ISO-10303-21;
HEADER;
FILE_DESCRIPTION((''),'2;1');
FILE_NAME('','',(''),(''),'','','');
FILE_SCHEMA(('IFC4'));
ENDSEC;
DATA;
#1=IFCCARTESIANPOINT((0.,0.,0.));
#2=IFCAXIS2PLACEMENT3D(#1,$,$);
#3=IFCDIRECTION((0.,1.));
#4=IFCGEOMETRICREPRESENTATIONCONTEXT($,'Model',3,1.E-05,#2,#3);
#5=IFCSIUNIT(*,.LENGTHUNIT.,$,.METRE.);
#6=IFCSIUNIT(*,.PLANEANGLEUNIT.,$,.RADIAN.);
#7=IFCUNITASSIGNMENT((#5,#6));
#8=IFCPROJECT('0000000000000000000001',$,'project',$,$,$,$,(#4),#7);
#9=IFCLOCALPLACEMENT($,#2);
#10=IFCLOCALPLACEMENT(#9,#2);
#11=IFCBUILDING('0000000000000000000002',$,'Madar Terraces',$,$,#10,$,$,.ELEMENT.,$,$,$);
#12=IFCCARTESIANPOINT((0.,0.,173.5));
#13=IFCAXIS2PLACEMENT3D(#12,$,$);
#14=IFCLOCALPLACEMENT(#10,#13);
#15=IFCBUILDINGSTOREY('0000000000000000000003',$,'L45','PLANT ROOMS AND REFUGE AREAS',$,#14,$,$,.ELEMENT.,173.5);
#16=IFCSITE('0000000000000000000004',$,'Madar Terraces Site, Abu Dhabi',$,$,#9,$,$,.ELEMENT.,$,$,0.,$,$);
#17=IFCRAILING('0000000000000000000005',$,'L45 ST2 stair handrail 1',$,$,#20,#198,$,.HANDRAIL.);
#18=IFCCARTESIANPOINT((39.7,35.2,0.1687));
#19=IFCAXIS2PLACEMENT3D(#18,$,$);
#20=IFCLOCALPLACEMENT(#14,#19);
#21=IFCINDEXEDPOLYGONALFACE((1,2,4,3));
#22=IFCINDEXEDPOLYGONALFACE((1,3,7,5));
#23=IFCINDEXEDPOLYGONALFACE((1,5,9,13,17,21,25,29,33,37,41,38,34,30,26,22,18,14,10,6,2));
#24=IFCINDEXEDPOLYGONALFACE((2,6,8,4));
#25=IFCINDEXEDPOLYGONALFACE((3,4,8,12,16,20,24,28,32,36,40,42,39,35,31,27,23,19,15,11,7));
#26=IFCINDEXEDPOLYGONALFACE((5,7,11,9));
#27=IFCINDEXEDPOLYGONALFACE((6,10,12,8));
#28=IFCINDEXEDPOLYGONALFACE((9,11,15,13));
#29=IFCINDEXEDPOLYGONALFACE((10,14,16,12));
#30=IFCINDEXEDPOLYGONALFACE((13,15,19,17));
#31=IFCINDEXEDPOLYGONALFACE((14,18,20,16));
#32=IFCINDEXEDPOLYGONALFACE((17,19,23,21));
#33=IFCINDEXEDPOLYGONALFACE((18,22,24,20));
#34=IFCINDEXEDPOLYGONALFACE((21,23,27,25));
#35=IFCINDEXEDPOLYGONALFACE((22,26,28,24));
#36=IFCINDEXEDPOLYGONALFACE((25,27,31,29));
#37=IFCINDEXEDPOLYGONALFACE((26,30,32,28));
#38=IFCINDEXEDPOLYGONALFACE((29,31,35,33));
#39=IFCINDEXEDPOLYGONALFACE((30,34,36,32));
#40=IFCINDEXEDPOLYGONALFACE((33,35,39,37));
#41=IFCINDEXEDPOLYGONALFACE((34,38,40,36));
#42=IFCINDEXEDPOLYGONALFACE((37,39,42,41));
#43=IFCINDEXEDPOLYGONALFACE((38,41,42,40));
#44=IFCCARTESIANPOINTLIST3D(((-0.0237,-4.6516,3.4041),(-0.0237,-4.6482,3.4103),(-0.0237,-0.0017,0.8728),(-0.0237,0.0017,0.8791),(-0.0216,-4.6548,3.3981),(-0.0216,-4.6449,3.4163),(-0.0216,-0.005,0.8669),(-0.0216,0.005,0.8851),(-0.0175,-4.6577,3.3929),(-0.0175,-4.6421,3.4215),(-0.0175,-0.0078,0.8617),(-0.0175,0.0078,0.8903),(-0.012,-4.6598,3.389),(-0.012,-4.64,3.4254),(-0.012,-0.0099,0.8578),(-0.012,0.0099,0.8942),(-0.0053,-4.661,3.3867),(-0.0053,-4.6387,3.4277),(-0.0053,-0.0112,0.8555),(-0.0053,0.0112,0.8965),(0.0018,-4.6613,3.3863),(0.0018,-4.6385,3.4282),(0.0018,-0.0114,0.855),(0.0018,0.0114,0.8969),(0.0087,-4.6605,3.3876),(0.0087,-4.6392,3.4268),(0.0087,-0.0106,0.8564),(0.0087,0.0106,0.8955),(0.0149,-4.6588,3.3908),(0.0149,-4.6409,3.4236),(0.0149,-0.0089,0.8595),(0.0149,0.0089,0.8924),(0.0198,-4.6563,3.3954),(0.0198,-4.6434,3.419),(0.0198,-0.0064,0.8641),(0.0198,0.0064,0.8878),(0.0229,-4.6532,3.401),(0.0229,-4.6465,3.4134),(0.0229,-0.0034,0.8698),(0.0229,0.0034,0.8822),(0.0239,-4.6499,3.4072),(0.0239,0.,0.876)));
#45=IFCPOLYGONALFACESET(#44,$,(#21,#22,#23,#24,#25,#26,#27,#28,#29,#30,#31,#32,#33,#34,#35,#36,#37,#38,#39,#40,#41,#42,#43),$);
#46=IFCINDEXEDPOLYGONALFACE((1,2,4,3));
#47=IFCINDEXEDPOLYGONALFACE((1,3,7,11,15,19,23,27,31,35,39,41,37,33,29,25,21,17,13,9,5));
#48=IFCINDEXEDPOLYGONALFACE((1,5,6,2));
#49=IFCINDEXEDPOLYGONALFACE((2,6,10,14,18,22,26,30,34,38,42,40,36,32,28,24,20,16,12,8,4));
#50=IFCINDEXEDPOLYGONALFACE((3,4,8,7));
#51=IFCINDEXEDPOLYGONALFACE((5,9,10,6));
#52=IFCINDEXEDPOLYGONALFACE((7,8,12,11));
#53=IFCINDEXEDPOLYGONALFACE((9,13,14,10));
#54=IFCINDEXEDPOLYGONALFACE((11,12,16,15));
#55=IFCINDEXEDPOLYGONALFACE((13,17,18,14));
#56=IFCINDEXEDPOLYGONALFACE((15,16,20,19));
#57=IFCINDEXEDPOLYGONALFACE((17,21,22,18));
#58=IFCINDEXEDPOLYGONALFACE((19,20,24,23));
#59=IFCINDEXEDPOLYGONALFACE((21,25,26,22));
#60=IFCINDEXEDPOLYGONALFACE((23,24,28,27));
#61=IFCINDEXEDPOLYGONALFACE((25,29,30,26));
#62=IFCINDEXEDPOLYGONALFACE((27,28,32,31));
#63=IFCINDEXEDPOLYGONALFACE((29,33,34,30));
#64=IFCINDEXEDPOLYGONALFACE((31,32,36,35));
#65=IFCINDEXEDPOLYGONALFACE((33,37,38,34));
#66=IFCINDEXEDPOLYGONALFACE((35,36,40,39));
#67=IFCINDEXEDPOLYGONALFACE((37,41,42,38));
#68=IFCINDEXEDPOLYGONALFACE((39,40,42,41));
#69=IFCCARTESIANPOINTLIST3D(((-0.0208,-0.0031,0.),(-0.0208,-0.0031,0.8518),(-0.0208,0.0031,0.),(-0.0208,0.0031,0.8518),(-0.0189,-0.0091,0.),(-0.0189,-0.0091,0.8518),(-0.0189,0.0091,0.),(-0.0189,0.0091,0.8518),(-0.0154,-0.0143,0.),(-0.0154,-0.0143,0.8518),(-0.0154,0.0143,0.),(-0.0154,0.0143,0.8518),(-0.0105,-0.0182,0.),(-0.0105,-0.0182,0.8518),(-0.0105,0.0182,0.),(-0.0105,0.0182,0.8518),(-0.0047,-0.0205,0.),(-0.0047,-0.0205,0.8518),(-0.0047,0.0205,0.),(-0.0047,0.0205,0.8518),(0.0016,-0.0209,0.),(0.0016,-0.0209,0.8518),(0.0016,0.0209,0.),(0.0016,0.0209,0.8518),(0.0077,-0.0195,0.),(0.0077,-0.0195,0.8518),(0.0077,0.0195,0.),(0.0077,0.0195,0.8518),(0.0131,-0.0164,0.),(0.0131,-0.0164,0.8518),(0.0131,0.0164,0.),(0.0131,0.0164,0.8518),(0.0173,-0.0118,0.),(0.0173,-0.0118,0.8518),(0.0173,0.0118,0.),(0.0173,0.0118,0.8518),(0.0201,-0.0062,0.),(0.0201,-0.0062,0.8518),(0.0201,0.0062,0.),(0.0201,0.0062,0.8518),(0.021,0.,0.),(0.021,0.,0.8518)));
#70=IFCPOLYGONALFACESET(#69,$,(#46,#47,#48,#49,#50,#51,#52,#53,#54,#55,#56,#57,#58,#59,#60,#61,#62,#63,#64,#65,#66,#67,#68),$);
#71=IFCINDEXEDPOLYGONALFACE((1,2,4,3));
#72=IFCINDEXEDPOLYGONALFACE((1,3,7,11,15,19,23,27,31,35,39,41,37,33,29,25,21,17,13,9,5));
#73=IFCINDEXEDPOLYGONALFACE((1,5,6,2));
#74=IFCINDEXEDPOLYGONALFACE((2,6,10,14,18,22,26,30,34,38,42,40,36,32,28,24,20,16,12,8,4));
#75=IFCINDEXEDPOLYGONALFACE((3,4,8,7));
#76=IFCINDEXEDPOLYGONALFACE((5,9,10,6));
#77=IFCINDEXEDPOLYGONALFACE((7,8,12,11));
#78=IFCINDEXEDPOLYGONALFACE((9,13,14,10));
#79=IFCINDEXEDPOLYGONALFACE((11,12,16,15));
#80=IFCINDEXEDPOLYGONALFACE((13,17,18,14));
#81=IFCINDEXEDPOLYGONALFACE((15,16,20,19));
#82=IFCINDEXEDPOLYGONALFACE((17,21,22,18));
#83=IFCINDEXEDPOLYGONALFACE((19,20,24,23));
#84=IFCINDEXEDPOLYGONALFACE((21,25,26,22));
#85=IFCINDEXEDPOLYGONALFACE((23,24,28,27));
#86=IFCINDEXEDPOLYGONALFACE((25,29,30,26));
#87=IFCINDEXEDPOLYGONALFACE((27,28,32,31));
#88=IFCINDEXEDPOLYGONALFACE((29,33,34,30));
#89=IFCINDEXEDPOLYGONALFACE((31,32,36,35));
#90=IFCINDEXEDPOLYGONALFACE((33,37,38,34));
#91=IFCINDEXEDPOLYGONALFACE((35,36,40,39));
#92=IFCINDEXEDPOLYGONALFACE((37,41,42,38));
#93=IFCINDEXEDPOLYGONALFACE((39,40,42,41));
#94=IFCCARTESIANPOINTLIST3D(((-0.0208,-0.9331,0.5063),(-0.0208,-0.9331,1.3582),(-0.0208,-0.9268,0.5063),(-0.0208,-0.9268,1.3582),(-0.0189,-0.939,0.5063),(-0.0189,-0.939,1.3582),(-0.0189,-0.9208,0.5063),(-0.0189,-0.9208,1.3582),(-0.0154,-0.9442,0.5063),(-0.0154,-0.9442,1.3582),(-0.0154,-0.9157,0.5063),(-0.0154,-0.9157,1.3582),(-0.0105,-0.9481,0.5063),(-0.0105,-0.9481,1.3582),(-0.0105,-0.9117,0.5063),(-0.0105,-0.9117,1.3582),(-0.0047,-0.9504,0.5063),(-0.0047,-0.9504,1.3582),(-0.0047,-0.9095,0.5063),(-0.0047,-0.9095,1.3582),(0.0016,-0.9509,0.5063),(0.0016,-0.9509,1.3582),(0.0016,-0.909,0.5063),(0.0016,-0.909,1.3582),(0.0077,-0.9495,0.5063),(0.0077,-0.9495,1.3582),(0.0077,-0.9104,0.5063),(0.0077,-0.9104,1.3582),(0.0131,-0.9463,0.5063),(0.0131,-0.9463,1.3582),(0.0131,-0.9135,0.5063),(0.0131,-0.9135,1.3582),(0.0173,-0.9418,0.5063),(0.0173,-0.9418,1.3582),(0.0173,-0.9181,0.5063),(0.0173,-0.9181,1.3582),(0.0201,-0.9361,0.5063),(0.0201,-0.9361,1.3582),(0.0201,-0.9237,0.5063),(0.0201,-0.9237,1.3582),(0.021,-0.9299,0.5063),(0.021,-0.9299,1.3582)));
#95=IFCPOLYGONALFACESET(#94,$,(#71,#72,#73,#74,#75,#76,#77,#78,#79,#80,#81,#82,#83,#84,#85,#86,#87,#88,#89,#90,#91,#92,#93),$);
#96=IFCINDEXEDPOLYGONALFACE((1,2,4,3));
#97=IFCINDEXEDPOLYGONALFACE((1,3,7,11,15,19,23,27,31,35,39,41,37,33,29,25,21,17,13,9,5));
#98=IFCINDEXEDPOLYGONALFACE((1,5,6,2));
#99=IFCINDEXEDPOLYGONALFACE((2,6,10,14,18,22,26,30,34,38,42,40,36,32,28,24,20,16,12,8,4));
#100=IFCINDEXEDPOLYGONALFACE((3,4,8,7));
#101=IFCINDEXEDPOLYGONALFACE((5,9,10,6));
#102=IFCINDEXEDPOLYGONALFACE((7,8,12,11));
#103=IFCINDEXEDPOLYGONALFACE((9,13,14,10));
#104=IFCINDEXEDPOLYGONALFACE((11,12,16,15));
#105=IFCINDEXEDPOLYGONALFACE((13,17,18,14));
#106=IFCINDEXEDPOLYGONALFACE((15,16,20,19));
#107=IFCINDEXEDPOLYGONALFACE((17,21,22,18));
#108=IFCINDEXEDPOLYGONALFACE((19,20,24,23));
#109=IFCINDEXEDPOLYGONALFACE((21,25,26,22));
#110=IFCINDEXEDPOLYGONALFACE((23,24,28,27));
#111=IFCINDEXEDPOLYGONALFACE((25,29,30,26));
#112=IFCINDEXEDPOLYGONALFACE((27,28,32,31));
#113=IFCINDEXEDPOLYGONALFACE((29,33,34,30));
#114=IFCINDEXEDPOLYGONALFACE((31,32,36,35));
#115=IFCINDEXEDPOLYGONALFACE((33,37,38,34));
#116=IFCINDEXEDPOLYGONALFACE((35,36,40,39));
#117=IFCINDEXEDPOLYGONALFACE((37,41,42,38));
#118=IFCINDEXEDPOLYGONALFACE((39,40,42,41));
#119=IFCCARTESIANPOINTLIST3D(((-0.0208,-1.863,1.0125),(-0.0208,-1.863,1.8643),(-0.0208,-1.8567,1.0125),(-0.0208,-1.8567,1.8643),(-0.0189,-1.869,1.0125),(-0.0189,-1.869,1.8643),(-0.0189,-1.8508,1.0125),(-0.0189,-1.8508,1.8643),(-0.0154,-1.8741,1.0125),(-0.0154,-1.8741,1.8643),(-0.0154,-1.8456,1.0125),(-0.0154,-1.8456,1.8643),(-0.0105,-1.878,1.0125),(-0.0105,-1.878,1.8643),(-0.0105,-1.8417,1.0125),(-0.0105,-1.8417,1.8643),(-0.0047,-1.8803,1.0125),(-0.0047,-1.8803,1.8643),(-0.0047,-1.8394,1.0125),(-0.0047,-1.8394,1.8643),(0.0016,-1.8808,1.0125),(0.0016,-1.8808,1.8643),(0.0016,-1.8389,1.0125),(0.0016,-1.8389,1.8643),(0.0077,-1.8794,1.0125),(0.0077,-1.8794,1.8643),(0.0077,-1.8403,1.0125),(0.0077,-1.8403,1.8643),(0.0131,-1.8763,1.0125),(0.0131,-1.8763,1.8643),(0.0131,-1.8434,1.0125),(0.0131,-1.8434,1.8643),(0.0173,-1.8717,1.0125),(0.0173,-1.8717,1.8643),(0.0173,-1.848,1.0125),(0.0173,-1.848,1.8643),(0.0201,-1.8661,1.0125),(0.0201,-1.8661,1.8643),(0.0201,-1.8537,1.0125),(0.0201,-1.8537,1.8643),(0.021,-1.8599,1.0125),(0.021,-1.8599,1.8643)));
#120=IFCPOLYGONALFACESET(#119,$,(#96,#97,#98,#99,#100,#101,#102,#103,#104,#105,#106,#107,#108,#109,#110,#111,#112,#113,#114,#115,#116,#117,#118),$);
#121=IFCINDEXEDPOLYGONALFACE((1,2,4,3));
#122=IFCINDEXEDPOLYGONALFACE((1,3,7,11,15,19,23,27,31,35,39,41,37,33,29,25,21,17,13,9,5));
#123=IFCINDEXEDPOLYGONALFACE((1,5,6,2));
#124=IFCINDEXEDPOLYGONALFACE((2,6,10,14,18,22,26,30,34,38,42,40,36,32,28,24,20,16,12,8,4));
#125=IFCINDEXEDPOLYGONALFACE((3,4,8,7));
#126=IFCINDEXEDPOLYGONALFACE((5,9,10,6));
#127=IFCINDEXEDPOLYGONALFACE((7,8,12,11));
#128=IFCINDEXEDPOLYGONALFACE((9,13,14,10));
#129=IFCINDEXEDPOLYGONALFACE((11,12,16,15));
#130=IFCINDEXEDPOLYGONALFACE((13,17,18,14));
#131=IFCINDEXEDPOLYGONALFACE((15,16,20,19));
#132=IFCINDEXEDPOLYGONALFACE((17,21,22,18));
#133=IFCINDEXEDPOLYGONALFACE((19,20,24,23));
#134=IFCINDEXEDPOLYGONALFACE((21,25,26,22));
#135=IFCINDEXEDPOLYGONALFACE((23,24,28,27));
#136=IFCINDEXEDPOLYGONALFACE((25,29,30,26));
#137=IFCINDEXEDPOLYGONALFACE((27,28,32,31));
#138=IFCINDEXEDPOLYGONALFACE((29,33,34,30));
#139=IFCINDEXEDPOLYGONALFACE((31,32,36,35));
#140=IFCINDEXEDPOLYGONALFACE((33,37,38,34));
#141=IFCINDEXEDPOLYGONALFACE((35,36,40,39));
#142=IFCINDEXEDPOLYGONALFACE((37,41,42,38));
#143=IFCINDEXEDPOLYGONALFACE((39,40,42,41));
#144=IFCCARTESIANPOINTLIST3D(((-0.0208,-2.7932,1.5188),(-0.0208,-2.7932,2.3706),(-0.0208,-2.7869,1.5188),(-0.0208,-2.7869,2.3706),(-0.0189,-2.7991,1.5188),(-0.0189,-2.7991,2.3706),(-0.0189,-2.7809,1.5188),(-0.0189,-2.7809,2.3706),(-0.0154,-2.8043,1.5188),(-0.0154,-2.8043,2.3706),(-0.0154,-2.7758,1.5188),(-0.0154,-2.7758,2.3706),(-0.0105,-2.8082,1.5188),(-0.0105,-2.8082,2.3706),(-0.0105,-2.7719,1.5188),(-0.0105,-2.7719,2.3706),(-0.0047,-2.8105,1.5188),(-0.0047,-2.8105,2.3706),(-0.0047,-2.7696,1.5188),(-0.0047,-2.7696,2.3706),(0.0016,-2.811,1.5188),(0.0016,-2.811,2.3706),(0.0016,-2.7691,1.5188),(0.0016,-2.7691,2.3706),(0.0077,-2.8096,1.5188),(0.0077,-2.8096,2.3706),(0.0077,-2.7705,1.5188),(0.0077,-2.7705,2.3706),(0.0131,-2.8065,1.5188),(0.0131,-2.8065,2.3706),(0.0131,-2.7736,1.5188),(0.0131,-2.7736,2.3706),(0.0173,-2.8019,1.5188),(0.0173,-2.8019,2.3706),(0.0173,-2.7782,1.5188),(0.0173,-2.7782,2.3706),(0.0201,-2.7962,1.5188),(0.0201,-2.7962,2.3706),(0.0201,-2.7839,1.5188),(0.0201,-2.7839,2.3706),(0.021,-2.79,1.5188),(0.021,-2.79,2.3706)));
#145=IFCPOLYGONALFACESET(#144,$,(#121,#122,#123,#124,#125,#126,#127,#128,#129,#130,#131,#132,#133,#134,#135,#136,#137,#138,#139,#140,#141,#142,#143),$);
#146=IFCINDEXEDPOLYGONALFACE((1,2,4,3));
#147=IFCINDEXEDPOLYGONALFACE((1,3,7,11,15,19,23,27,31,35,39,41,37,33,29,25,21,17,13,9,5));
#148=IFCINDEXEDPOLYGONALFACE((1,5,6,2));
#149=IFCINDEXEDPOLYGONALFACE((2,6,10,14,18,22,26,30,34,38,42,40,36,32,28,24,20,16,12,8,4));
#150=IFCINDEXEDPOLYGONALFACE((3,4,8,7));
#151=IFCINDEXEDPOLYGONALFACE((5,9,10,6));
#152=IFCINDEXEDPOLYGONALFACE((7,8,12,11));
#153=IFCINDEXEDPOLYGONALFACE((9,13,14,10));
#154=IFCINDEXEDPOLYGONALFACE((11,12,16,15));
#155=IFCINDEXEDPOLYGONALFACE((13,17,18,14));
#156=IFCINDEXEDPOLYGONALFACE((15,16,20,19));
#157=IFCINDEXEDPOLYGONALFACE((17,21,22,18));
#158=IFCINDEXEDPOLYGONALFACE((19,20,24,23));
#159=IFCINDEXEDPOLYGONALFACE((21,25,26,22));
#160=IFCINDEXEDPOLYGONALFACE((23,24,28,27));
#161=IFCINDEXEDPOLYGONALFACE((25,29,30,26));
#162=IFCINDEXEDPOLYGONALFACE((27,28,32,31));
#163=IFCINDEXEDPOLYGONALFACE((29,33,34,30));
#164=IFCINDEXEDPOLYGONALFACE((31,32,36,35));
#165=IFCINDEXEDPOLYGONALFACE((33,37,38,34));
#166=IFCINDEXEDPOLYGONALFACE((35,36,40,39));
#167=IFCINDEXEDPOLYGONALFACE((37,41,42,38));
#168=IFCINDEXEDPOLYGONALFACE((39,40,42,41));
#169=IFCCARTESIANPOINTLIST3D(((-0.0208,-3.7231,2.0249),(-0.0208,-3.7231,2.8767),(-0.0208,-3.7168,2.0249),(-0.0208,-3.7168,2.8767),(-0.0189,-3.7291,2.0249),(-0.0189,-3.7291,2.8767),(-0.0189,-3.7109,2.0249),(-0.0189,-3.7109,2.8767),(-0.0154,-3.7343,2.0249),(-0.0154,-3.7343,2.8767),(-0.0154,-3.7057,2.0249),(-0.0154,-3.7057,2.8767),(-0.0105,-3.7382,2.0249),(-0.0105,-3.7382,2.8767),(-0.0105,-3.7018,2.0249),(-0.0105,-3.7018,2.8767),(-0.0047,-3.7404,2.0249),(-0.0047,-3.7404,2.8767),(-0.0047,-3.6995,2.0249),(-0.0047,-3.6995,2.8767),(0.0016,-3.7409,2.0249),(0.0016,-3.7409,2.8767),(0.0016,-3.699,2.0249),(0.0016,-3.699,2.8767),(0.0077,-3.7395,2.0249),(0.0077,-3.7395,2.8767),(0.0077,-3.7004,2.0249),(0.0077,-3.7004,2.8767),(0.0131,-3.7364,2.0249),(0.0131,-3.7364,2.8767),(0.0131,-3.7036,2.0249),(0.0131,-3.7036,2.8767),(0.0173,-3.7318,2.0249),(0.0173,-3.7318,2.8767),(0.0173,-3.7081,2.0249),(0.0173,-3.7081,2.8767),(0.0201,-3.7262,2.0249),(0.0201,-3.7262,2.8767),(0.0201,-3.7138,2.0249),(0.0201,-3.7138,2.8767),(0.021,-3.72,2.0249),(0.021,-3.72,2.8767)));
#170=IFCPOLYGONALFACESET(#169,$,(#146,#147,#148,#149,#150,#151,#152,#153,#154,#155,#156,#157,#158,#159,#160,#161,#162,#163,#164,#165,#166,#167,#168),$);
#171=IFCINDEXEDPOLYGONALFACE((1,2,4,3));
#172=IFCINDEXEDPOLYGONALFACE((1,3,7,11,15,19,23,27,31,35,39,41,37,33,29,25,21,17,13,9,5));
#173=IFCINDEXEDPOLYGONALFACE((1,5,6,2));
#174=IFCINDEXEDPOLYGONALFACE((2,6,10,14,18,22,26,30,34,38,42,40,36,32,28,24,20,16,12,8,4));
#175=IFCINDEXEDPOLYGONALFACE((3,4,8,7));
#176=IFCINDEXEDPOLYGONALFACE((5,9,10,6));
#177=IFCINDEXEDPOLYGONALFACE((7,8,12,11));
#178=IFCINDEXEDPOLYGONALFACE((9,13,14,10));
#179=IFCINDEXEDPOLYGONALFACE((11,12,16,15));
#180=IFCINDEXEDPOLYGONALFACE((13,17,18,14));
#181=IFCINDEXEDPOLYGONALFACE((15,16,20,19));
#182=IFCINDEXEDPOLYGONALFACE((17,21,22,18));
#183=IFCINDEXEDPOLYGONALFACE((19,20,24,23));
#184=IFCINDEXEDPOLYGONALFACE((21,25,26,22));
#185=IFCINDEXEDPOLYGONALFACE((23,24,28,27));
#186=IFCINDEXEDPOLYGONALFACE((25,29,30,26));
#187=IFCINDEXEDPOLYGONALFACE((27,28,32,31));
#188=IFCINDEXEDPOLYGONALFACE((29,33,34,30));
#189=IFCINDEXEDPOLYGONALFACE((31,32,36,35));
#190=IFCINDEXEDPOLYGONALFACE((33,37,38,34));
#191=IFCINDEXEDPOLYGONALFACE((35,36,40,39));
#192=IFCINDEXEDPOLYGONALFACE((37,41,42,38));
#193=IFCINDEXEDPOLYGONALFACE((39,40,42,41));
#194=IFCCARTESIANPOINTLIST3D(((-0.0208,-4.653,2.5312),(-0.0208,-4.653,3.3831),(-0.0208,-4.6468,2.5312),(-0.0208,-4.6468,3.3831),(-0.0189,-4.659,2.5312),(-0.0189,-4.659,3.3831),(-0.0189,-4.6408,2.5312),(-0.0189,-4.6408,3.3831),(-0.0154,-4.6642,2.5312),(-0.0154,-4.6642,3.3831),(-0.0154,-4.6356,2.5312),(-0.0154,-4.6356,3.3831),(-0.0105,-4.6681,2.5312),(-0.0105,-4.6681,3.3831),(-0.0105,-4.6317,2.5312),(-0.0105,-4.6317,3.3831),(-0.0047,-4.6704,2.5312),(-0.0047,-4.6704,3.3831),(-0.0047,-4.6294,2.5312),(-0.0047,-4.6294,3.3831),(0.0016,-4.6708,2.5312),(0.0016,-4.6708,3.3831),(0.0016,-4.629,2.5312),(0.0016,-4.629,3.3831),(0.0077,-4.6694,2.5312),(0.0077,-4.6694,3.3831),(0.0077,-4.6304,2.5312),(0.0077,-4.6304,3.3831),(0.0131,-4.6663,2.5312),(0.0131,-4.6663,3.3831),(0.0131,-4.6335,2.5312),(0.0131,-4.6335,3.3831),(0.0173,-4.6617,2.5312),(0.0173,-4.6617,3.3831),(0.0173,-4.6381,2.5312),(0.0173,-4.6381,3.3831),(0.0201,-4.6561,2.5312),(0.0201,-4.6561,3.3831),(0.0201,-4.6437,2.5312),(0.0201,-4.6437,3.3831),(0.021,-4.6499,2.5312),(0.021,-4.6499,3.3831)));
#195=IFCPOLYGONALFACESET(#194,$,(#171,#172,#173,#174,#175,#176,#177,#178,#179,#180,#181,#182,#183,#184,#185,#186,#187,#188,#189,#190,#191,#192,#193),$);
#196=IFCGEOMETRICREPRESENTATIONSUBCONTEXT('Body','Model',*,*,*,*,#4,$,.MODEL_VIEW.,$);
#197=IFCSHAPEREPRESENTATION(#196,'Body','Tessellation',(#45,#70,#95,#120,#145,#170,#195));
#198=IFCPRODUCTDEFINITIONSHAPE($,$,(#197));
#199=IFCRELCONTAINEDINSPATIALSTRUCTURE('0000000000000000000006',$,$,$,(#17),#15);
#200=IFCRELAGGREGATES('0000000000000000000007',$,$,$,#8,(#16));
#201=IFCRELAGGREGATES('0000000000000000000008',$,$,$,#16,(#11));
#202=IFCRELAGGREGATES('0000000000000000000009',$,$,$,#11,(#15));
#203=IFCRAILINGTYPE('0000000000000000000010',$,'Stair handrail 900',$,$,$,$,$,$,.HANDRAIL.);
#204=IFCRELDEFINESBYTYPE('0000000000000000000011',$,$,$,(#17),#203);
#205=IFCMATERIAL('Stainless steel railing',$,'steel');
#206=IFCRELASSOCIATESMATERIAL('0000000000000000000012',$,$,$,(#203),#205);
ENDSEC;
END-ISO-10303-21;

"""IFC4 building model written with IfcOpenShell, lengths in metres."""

from ifc_helpers import new_model, si_unit, direction, frame, origin, origin_2d, place, context, subcontext, project, spatial, circle, extrude, material, type_object, element, save


model = new_model("IFC4")

# Units and contexts
model_context = context("Model", 3, precision=1e-05, world=origin(), true_north=direction((0.0, 1.0)))
body_context = subcontext(model_context, "Body", "Model", "MODEL_VIEW")
ifc_project = project(units=[si_unit("LENGTHUNIT", "METRE"), si_unit("PLANEANGLEUNIT", "RADIAN")], contexts=[model_context])

# Site, building, storey
site_placement = place(None, origin())
site = spatial("IfcSite", under=ifc_project, at=site_placement, Name="Madar Terraces Site, Abu Dhabi", CompositionType="ELEMENT", RefElevation=0.0)
building_placement = place(site_placement, origin())
building = spatial("IfcBuilding", under=site, at=building_placement, Name="Madar Terraces", CompositionType="ELEMENT")
storey_placement = place(building_placement, frame((0.0, 0.0, 173.5)))
storey = spatial("IfcBuildingStorey", under=building, at=storey_placement, Name="L45", Description="PLANT ROOMS AND REFUGE AREAS", CompositionType="ELEMENT", Elevation=173.5)

# Railing
ifc_material_1 = material(Name="Stainless steel railing", Category="steel")
railing_type_1 = type_object("IfcRailingType", Name="Stair handrail 900", PredefinedType="HANDRAIL", material=ifc_material_1)
railing_1_placement = place(storey_placement, frame((39.7, 35.2, 0.1687)))
element("IfcRailing", 1, at=railing_1_placement, inside=storey, type_object=railing_type_1, Name="L45 ST2 stair handrail 1", PredefinedType="HANDRAIL", context=body_context, shape_type="SweptSolid", body=[
    extrude(circle(Radius=0.0239, at=origin_2d()), frame((0.0, 0.0, 0.876), z_axis=(0.0, -0.878297, 0.478115), x_axis=(1.0, 0.0, 0.0)), (0.0, 0.0, 1.0), 5.2942),
    extrude(circle(Radius=0.021, at=origin_2d()), origin(), (0.0, 0.0, 1.0), 0.8518),
    extrude(circle(Radius=0.021, at=origin_2d()), frame((0.0, -0.9299, 0.5063)), (0.0, 0.0, 1.0), 0.8518),
    extrude(circle(Radius=0.021, at=origin_2d()), frame((0.0, -1.8599, 1.0125)), (0.0, 0.0, 1.0), 0.8518),
    extrude(circle(Radius=0.021, at=origin_2d()), frame((0.0, -2.79, 1.5188)), (0.0, 0.0, 1.0), 0.8518),
    extrude(circle(Radius=0.021, at=origin_2d()), frame((0.0, -3.72, 2.0249)), (0.0, 0.0, 1.0), 0.8518),
    extrude(circle(Radius=0.021, at=origin_2d()), frame((0.0, -4.6499, 2.5312)), (0.0, 0.0, 1.0), 0.8518),
])

save(model, "model.ifc")
